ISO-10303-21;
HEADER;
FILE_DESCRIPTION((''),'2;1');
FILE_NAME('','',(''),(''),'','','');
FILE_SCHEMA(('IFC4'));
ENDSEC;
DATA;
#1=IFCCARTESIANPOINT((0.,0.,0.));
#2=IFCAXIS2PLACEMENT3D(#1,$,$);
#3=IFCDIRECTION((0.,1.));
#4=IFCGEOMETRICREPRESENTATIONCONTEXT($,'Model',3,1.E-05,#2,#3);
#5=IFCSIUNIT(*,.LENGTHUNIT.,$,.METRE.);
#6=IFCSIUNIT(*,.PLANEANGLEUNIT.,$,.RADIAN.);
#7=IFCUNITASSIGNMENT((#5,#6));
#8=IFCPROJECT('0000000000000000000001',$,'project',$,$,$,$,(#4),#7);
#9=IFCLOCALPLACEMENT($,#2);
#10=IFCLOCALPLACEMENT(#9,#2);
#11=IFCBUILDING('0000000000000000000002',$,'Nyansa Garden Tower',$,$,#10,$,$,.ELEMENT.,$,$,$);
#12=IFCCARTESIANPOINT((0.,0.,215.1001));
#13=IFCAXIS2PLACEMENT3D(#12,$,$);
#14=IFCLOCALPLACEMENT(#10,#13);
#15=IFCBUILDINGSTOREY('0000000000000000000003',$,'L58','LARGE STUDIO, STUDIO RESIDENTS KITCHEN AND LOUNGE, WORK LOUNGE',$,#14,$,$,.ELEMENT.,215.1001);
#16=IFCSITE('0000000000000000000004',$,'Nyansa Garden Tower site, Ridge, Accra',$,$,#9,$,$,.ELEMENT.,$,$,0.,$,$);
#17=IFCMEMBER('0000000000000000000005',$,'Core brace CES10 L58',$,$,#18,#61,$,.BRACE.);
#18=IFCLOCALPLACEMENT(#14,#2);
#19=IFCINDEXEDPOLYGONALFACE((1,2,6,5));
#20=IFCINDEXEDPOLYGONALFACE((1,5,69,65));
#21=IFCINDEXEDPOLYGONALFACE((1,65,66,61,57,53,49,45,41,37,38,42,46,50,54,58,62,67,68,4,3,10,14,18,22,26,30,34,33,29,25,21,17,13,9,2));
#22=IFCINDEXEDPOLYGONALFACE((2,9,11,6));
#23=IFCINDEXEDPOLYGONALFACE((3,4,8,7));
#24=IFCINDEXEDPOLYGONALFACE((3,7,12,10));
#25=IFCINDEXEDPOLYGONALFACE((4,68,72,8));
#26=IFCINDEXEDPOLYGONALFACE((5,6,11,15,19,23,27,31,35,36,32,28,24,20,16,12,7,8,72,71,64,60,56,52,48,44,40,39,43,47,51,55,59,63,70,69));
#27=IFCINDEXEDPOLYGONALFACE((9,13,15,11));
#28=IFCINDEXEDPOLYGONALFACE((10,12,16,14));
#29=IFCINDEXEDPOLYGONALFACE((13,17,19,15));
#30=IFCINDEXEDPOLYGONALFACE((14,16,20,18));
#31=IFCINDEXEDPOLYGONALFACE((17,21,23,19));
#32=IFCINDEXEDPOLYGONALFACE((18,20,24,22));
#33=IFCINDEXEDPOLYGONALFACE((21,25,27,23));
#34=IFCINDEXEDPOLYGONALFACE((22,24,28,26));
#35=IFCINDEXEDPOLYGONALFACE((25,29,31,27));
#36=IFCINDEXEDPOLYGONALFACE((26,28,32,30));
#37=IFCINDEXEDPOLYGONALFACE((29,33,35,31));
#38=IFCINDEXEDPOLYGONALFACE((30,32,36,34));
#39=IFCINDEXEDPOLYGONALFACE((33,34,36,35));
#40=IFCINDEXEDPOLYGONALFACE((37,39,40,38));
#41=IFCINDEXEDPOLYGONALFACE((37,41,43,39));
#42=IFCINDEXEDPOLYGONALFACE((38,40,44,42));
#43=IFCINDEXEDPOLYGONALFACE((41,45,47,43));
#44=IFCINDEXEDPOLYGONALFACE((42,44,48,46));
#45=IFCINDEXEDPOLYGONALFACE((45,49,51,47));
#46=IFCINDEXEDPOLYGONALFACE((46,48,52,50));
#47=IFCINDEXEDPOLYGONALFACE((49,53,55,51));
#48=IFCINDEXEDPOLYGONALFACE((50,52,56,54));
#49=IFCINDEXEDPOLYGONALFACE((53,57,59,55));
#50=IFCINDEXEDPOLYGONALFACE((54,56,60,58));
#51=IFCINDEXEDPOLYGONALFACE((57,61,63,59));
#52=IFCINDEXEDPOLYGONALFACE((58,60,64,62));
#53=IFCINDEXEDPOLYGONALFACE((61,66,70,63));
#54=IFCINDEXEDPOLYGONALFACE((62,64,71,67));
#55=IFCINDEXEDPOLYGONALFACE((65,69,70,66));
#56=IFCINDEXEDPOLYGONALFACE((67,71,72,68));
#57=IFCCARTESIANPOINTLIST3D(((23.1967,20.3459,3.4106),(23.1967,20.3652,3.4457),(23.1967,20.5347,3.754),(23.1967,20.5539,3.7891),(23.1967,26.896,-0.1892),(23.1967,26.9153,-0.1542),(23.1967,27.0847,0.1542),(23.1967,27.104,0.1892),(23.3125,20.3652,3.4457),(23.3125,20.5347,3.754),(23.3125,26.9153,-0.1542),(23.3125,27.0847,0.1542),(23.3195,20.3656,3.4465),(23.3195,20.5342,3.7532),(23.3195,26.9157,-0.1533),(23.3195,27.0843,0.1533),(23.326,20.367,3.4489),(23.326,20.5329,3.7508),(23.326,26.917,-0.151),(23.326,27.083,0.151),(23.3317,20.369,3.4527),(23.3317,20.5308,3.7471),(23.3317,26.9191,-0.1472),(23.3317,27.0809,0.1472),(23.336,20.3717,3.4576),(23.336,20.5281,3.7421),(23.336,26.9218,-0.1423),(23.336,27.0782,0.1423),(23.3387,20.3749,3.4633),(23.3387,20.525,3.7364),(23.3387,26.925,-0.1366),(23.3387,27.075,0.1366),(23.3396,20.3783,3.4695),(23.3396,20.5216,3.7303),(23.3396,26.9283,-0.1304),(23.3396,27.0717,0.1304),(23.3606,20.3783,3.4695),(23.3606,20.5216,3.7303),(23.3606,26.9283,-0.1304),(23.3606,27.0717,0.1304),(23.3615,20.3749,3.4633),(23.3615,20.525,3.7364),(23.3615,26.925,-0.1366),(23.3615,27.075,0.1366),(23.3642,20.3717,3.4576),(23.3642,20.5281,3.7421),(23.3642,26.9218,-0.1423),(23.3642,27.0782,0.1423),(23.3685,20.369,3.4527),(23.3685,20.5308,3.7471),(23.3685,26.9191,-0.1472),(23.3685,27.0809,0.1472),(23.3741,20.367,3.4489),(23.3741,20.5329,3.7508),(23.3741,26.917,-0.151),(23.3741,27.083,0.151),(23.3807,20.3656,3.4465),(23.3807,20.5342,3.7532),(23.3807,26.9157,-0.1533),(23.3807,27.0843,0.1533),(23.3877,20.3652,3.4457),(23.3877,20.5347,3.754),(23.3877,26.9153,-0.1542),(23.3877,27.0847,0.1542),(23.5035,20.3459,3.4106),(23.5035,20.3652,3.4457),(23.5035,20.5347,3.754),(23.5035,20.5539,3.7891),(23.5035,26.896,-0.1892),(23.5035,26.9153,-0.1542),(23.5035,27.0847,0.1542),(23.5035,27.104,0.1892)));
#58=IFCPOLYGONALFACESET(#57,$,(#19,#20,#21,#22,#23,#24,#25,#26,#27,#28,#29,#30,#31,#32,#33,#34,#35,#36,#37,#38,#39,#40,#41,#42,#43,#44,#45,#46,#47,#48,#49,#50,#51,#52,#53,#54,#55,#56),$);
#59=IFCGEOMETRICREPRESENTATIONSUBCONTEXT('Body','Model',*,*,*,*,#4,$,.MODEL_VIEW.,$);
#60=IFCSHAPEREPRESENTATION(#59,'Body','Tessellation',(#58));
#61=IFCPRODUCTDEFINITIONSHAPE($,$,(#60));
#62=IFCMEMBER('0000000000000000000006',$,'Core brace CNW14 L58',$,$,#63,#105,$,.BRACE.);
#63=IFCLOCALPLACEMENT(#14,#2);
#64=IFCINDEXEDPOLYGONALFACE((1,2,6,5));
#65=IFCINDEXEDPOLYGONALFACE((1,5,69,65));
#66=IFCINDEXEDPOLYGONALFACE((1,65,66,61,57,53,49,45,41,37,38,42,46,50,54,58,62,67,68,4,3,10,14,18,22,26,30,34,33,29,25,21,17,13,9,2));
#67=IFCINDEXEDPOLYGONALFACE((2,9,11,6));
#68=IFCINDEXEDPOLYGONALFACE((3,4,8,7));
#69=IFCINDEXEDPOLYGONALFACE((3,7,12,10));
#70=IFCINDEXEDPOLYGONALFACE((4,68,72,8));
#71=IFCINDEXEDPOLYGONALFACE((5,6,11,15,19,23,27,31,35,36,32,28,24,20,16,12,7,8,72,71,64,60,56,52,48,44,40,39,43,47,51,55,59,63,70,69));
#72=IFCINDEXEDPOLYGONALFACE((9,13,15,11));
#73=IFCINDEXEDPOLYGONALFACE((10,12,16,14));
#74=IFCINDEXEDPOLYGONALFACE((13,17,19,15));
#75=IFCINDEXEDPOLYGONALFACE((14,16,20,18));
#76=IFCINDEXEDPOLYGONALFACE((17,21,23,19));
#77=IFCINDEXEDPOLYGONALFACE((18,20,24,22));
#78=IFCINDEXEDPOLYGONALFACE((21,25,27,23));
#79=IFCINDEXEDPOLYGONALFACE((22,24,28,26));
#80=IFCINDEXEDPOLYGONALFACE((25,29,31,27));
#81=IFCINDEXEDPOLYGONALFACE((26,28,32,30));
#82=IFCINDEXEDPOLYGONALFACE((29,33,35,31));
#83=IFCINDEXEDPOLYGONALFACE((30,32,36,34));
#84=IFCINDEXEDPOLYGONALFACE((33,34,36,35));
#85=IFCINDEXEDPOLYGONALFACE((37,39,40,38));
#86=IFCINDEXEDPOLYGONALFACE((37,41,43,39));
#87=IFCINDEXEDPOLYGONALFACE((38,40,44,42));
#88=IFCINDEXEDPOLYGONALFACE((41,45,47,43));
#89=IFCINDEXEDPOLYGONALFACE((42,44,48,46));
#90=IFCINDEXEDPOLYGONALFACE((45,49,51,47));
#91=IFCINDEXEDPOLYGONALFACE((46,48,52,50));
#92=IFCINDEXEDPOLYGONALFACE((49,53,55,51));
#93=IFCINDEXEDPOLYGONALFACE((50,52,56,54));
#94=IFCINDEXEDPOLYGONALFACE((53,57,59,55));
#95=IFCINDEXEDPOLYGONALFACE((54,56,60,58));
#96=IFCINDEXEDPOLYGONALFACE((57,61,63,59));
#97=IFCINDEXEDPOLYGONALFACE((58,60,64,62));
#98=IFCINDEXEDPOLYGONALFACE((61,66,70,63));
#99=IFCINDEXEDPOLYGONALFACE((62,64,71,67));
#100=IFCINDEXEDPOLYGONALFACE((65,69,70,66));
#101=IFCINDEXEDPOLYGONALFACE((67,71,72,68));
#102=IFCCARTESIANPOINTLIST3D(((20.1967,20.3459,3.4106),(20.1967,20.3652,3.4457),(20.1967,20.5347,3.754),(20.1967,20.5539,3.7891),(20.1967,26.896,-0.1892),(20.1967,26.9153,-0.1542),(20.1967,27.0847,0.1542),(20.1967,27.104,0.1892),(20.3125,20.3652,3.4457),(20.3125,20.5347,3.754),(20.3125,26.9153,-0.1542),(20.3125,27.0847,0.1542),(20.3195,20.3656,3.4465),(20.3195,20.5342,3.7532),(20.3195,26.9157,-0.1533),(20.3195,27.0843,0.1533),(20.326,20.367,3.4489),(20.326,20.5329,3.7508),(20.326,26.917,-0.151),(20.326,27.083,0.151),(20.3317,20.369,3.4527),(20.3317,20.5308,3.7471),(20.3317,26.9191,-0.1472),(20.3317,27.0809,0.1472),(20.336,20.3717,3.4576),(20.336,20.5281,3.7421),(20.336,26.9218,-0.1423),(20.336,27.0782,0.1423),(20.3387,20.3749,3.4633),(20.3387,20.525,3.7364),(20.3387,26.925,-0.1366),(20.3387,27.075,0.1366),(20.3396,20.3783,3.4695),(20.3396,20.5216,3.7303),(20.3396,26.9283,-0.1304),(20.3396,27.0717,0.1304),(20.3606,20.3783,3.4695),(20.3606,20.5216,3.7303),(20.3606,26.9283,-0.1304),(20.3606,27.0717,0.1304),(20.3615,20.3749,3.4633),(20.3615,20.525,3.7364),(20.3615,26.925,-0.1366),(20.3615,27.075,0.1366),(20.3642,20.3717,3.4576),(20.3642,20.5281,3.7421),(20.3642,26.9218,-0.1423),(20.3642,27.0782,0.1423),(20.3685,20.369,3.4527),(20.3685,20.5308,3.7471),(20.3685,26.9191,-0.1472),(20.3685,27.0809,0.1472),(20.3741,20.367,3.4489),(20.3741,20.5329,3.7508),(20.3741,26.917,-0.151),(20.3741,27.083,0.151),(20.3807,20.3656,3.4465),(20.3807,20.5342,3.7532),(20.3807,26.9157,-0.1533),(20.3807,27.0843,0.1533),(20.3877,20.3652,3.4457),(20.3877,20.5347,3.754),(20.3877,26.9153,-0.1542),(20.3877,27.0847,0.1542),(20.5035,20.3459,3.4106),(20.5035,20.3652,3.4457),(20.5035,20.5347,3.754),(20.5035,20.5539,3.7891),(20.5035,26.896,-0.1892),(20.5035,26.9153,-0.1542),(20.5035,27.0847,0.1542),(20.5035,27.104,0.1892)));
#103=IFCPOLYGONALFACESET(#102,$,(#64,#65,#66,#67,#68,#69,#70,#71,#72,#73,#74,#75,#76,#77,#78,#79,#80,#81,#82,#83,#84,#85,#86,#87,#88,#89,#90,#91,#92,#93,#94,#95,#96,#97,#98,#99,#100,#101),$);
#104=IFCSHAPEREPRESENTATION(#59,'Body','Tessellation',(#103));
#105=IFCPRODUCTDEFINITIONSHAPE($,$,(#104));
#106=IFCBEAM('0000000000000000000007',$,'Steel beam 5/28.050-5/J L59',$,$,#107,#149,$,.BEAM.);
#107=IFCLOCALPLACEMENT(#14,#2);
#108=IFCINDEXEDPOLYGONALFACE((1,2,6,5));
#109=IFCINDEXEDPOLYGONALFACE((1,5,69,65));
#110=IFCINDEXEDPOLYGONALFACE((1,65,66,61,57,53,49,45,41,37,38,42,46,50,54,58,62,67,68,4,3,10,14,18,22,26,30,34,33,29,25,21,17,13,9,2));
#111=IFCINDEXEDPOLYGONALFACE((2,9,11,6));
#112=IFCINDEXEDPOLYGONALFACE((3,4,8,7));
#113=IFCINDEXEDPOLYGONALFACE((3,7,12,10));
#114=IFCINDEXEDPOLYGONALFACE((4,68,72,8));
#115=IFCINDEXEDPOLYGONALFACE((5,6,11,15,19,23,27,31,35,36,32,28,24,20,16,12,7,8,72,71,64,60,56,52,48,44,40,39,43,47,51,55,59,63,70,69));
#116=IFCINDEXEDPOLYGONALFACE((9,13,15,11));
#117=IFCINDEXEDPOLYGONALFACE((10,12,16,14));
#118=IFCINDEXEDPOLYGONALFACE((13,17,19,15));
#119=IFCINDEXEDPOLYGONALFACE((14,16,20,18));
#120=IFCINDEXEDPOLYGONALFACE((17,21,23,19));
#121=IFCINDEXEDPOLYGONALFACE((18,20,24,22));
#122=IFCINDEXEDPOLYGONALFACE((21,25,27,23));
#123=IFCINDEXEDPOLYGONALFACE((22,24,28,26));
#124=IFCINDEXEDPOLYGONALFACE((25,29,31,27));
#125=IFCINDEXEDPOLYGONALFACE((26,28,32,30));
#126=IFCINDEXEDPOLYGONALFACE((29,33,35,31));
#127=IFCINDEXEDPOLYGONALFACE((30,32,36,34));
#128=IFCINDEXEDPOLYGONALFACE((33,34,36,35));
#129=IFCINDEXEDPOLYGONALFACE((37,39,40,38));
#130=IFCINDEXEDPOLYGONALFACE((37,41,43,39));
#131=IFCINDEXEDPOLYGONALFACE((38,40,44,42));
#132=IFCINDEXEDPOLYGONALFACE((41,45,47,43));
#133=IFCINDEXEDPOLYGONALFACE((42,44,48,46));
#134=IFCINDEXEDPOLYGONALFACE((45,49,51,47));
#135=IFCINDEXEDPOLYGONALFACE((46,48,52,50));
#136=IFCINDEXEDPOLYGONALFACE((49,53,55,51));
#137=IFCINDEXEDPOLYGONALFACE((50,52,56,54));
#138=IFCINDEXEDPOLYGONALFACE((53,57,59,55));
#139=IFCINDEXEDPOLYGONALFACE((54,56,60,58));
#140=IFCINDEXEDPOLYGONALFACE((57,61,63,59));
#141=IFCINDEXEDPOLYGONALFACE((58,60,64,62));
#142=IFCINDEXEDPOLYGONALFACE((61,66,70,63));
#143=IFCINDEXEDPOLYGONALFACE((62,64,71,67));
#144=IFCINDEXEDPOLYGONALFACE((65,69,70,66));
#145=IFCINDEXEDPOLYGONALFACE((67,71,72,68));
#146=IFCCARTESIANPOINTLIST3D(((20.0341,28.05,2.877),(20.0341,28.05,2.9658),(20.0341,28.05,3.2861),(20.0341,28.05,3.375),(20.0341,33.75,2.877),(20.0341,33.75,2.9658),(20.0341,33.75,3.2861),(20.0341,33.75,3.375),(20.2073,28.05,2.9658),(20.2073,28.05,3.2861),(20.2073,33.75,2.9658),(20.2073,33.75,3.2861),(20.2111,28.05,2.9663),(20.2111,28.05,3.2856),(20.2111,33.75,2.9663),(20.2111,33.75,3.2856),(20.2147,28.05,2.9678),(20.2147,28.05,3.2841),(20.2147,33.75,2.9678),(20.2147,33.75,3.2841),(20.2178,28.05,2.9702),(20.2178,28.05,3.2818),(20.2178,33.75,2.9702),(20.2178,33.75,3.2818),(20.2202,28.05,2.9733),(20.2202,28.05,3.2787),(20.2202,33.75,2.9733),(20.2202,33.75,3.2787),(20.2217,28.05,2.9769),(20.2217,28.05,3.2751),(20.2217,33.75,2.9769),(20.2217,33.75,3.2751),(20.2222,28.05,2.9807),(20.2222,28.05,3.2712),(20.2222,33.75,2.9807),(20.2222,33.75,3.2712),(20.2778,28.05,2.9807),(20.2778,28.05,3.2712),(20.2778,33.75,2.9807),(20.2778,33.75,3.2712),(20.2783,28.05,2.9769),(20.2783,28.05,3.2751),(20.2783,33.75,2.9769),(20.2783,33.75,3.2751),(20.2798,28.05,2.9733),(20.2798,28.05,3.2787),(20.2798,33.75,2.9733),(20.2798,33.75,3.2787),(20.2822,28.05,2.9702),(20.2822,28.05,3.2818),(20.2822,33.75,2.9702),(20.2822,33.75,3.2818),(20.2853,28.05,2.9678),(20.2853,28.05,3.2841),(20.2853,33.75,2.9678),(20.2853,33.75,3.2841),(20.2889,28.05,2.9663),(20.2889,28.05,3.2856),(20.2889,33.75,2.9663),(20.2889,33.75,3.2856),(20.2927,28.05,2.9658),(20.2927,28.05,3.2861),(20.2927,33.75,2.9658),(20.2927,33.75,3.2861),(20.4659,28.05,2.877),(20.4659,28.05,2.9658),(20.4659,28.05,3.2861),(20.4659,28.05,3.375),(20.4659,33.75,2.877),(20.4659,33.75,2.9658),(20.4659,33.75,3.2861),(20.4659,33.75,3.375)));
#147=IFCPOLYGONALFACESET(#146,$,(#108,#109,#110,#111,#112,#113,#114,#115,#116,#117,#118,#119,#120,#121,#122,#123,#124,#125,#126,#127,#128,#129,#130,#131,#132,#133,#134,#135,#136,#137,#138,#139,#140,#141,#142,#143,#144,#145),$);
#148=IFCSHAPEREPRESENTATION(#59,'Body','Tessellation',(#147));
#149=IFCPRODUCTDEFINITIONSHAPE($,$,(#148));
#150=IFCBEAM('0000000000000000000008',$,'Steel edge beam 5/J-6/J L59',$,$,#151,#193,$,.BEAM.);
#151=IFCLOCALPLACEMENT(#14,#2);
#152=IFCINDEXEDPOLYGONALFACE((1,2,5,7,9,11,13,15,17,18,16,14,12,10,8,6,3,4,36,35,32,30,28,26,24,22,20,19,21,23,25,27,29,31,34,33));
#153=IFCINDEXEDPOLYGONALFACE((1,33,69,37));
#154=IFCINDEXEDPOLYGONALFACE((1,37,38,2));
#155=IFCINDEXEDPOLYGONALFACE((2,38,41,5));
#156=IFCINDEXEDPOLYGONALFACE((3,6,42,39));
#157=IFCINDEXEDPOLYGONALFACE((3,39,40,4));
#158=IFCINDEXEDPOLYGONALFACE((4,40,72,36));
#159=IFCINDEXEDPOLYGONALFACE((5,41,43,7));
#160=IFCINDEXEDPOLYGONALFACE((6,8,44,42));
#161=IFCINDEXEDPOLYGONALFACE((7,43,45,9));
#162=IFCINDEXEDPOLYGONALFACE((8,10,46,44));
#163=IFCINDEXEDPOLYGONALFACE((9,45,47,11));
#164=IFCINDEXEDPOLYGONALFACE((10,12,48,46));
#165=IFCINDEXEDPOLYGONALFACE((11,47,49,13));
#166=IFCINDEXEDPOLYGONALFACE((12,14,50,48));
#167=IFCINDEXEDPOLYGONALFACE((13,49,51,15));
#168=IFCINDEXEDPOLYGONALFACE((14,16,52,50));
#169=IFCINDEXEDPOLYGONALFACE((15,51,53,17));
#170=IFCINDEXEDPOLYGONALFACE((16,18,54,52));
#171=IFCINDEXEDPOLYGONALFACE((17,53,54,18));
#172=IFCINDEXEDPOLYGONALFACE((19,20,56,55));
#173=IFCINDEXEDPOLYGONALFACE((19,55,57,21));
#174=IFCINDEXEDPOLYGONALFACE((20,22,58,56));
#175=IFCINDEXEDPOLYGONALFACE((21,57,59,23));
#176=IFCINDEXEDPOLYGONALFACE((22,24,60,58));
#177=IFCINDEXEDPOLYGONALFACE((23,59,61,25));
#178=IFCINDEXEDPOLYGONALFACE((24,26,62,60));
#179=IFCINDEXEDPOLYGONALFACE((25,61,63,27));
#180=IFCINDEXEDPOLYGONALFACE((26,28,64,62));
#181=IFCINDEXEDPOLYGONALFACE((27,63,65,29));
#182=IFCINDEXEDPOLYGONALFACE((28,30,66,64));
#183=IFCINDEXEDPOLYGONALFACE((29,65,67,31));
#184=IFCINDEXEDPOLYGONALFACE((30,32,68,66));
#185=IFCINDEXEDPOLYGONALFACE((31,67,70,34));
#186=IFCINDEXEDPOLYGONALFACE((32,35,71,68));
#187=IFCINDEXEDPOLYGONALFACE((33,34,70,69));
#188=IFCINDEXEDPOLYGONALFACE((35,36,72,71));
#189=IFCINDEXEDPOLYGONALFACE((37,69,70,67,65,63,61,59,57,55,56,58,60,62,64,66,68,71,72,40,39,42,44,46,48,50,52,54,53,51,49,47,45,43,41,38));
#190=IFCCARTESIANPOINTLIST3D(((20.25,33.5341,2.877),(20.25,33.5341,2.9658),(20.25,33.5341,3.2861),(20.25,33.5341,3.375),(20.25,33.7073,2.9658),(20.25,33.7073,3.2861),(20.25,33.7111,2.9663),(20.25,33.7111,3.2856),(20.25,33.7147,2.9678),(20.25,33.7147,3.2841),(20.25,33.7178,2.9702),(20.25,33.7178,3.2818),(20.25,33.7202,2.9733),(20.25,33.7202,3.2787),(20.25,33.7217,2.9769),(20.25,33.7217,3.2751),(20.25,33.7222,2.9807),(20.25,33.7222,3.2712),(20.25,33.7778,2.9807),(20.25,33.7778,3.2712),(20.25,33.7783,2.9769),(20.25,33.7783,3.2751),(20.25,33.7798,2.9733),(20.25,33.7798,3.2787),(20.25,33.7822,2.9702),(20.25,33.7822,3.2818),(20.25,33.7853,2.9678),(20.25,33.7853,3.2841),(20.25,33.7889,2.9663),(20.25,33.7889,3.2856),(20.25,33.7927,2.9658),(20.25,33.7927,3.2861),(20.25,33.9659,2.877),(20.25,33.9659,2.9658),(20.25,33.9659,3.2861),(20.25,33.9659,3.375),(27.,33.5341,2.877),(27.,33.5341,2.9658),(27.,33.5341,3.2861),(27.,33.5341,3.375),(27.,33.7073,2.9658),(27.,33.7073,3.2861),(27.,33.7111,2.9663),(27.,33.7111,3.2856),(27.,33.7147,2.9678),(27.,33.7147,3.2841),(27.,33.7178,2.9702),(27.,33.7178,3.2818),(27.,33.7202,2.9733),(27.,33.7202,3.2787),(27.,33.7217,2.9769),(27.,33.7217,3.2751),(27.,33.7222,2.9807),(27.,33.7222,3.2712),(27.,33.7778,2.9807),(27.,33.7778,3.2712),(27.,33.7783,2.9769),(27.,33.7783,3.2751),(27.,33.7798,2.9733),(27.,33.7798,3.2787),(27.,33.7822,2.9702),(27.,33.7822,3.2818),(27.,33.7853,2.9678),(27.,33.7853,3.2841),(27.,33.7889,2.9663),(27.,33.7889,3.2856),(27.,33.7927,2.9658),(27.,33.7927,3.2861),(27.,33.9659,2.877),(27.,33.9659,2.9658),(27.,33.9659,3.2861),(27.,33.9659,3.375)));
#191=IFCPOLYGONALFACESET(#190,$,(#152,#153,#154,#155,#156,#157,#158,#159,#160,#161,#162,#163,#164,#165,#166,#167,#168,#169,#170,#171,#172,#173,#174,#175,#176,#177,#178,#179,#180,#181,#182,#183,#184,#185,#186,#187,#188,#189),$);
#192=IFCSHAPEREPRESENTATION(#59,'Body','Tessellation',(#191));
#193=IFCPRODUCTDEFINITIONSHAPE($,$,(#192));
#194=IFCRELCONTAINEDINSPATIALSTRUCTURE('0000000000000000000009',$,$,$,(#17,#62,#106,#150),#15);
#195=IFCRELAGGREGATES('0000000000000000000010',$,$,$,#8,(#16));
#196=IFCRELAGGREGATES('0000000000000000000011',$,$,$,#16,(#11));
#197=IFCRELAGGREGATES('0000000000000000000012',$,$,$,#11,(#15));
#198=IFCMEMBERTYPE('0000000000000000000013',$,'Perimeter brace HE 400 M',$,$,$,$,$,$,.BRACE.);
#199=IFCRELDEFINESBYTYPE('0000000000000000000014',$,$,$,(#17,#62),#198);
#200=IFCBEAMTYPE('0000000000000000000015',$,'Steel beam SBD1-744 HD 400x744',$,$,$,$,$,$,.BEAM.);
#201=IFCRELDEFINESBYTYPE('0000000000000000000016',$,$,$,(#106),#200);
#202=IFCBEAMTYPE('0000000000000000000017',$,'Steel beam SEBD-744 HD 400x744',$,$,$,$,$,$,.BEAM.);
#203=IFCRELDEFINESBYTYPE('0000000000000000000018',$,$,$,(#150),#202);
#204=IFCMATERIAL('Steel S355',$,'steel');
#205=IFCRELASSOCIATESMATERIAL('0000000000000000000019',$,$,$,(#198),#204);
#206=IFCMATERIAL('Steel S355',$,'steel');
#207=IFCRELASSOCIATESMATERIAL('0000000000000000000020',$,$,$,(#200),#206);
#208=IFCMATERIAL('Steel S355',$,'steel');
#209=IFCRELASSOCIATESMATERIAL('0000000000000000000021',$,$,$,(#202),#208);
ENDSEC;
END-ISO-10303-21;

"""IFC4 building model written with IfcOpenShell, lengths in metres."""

from ifc_helpers import new_model, si_unit, direction, frame, origin, origin_2d, place, context, subcontext, project, spatial, i_section, extrude, material, material_profile, profile_set, type_object, element, save


model = new_model("IFC4")

# Units and contexts
model_context = context("Model", 3, precision=1e-05, world=origin(), true_north=direction((0.0, 1.0)))
body_context = subcontext(model_context, "Body", "Model", "MODEL_VIEW")
ifc_project = project(units=[si_unit("LENGTHUNIT", "METRE"), si_unit("PLANEANGLEUNIT", "RADIAN")], contexts=[model_context])

# Site, building, storey
site_placement = place(None, origin())
site = spatial("IfcSite", under=ifc_project, at=site_placement, Name="Nyansa Garden Tower site, Ridge, Accra", CompositionType="ELEMENT", RefElevation=0.0)
building_placement = place(site_placement, origin())
building = spatial("IfcBuilding", under=site, at=building_placement, Name="Nyansa Garden Tower", CompositionType="ELEMENT")
storey_placement = place(building_placement, frame((0.0, 0.0, 215.1001)))
storey = spatial("IfcBuildingStorey", under=building, at=storey_placement, Name="L58", Description="LARGE STUDIO, STUDIO RESIDENTS KITCHEN AND LOUNGE, WORK LOUNGE", CompositionType="ELEMENT", Elevation=215.1001)

# Members
ifc_material_1 = material(Name="Steel S355", Category="steel")
ifc_material_profile_1 = material_profile(ifc_material_1, i_section(OverallWidth=0.3069, OverallDepth=0.4319, WebThickness=0.021, FlangeThickness=0.04, FilletRadius=0.0271, at=origin_2d()), Name="HE 400 M")
ifc_profile_set_1 = profile_set([ifc_material_profile_1], Name="Steel S355")
member_type_1 = type_object("IfcMemberType", Name="Perimeter brace HE 400 M", PredefinedType="BRACE", material=ifc_profile_set_1)
for number, where, z_axis, x_axis, name in (
    (1, (23.3501, 27.0, 0.0), (0.0, -0.876367, 0.481644), (1.0, 0.0, 0.0), "Core brace CES10 L58"),
    (2, (20.3501, 27.0, 0.0), (0.0, -0.876367, 0.481644), (1.0, 0.0, 0.0), "Core brace CNW14 L58"),
):
    element("IfcMember", number, at=place(storey_placement, frame(where, z_axis=z_axis, x_axis=x_axis)), inside=storey, type_object=member_type_1, Name=name, PredefinedType="BRACE", context=body_context, shape_type="SweptSolid", body=[
        extrude(i_section(OverallWidth=0.3069, OverallDepth=0.4319, WebThickness=0.021, FlangeThickness=0.04, FilletRadius=0.0271, at=origin_2d()), origin(), (0.0, 0.0, 1.0), 7.4741),
    ])

# Beams
ifc_material_2 = material(Name="Steel S355", Category="steel")
ifc_material_profile_2 = material_profile(ifc_material_2, i_section(OverallWidth=0.4319, OverallDepth=0.498, WebThickness=0.0557, FlangeThickness=0.0889, FilletRadius=0.0149, at=origin_2d()), Name="HD 400x744")
ifc_profile_set_2 = profile_set([ifc_material_profile_2], Name="Steel S355")
beam_type_1 = type_object("IfcBeamType", Name="Steel beam SBD1-744 HD 400x744", PredefinedType="BEAM", material=ifc_profile_set_2)
beam_1_placement = place(storey_placement, frame((20.25, 28.05, 3.126), z_axis=(0.0, 1.0, 0.0), x_axis=(-1.0, 0.0, 0.0)))
element("IfcBeam", 3, at=beam_1_placement, inside=storey, type_object=beam_type_1, Name="Steel beam 5/28.050-5/J L59", PredefinedType="BEAM", context=body_context, shape_type="SweptSolid", body=[
    extrude(i_section(OverallWidth=0.4319, OverallDepth=0.498, WebThickness=0.0557, FlangeThickness=0.0889, FilletRadius=0.0149, at=origin_2d()), origin(), (0.0, 0.0, 1.0), 5.7),
])
ifc_material_3 = material(Name="Steel S355", Category="steel")
ifc_material_profile_3 = material_profile(ifc_material_3, i_section(OverallWidth=0.4319, OverallDepth=0.498, WebThickness=0.0557, FlangeThickness=0.0889, FilletRadius=0.0149, at=origin_2d()), Name="HD 400x744")
ifc_profile_set_3 = profile_set([ifc_material_profile_3], Name="Steel S355")
beam_type_2 = type_object("IfcBeamType", Name="Steel beam SEBD-744 HD 400x744", PredefinedType="BEAM", material=ifc_profile_set_3)
beam_2_placement = place(storey_placement, frame((20.25, 33.75, 3.126), z_axis=(1.0, 0.0, 0.0), x_axis=(0.0, 1.0, 0.0)))
element("IfcBeam", 4, at=beam_2_placement, inside=storey, type_object=beam_type_2, Name="Steel edge beam 5/J-6/J L59", PredefinedType="BEAM", context=body_context, shape_type="SweptSolid", body=[
    extrude(i_section(OverallWidth=0.4319, OverallDepth=0.498, WebThickness=0.0557, FlangeThickness=0.0889, FilletRadius=0.0149, at=origin_2d()), origin(), (0.0, 0.0, 1.0), 6.75),
])

save(model, "model.ifc")
